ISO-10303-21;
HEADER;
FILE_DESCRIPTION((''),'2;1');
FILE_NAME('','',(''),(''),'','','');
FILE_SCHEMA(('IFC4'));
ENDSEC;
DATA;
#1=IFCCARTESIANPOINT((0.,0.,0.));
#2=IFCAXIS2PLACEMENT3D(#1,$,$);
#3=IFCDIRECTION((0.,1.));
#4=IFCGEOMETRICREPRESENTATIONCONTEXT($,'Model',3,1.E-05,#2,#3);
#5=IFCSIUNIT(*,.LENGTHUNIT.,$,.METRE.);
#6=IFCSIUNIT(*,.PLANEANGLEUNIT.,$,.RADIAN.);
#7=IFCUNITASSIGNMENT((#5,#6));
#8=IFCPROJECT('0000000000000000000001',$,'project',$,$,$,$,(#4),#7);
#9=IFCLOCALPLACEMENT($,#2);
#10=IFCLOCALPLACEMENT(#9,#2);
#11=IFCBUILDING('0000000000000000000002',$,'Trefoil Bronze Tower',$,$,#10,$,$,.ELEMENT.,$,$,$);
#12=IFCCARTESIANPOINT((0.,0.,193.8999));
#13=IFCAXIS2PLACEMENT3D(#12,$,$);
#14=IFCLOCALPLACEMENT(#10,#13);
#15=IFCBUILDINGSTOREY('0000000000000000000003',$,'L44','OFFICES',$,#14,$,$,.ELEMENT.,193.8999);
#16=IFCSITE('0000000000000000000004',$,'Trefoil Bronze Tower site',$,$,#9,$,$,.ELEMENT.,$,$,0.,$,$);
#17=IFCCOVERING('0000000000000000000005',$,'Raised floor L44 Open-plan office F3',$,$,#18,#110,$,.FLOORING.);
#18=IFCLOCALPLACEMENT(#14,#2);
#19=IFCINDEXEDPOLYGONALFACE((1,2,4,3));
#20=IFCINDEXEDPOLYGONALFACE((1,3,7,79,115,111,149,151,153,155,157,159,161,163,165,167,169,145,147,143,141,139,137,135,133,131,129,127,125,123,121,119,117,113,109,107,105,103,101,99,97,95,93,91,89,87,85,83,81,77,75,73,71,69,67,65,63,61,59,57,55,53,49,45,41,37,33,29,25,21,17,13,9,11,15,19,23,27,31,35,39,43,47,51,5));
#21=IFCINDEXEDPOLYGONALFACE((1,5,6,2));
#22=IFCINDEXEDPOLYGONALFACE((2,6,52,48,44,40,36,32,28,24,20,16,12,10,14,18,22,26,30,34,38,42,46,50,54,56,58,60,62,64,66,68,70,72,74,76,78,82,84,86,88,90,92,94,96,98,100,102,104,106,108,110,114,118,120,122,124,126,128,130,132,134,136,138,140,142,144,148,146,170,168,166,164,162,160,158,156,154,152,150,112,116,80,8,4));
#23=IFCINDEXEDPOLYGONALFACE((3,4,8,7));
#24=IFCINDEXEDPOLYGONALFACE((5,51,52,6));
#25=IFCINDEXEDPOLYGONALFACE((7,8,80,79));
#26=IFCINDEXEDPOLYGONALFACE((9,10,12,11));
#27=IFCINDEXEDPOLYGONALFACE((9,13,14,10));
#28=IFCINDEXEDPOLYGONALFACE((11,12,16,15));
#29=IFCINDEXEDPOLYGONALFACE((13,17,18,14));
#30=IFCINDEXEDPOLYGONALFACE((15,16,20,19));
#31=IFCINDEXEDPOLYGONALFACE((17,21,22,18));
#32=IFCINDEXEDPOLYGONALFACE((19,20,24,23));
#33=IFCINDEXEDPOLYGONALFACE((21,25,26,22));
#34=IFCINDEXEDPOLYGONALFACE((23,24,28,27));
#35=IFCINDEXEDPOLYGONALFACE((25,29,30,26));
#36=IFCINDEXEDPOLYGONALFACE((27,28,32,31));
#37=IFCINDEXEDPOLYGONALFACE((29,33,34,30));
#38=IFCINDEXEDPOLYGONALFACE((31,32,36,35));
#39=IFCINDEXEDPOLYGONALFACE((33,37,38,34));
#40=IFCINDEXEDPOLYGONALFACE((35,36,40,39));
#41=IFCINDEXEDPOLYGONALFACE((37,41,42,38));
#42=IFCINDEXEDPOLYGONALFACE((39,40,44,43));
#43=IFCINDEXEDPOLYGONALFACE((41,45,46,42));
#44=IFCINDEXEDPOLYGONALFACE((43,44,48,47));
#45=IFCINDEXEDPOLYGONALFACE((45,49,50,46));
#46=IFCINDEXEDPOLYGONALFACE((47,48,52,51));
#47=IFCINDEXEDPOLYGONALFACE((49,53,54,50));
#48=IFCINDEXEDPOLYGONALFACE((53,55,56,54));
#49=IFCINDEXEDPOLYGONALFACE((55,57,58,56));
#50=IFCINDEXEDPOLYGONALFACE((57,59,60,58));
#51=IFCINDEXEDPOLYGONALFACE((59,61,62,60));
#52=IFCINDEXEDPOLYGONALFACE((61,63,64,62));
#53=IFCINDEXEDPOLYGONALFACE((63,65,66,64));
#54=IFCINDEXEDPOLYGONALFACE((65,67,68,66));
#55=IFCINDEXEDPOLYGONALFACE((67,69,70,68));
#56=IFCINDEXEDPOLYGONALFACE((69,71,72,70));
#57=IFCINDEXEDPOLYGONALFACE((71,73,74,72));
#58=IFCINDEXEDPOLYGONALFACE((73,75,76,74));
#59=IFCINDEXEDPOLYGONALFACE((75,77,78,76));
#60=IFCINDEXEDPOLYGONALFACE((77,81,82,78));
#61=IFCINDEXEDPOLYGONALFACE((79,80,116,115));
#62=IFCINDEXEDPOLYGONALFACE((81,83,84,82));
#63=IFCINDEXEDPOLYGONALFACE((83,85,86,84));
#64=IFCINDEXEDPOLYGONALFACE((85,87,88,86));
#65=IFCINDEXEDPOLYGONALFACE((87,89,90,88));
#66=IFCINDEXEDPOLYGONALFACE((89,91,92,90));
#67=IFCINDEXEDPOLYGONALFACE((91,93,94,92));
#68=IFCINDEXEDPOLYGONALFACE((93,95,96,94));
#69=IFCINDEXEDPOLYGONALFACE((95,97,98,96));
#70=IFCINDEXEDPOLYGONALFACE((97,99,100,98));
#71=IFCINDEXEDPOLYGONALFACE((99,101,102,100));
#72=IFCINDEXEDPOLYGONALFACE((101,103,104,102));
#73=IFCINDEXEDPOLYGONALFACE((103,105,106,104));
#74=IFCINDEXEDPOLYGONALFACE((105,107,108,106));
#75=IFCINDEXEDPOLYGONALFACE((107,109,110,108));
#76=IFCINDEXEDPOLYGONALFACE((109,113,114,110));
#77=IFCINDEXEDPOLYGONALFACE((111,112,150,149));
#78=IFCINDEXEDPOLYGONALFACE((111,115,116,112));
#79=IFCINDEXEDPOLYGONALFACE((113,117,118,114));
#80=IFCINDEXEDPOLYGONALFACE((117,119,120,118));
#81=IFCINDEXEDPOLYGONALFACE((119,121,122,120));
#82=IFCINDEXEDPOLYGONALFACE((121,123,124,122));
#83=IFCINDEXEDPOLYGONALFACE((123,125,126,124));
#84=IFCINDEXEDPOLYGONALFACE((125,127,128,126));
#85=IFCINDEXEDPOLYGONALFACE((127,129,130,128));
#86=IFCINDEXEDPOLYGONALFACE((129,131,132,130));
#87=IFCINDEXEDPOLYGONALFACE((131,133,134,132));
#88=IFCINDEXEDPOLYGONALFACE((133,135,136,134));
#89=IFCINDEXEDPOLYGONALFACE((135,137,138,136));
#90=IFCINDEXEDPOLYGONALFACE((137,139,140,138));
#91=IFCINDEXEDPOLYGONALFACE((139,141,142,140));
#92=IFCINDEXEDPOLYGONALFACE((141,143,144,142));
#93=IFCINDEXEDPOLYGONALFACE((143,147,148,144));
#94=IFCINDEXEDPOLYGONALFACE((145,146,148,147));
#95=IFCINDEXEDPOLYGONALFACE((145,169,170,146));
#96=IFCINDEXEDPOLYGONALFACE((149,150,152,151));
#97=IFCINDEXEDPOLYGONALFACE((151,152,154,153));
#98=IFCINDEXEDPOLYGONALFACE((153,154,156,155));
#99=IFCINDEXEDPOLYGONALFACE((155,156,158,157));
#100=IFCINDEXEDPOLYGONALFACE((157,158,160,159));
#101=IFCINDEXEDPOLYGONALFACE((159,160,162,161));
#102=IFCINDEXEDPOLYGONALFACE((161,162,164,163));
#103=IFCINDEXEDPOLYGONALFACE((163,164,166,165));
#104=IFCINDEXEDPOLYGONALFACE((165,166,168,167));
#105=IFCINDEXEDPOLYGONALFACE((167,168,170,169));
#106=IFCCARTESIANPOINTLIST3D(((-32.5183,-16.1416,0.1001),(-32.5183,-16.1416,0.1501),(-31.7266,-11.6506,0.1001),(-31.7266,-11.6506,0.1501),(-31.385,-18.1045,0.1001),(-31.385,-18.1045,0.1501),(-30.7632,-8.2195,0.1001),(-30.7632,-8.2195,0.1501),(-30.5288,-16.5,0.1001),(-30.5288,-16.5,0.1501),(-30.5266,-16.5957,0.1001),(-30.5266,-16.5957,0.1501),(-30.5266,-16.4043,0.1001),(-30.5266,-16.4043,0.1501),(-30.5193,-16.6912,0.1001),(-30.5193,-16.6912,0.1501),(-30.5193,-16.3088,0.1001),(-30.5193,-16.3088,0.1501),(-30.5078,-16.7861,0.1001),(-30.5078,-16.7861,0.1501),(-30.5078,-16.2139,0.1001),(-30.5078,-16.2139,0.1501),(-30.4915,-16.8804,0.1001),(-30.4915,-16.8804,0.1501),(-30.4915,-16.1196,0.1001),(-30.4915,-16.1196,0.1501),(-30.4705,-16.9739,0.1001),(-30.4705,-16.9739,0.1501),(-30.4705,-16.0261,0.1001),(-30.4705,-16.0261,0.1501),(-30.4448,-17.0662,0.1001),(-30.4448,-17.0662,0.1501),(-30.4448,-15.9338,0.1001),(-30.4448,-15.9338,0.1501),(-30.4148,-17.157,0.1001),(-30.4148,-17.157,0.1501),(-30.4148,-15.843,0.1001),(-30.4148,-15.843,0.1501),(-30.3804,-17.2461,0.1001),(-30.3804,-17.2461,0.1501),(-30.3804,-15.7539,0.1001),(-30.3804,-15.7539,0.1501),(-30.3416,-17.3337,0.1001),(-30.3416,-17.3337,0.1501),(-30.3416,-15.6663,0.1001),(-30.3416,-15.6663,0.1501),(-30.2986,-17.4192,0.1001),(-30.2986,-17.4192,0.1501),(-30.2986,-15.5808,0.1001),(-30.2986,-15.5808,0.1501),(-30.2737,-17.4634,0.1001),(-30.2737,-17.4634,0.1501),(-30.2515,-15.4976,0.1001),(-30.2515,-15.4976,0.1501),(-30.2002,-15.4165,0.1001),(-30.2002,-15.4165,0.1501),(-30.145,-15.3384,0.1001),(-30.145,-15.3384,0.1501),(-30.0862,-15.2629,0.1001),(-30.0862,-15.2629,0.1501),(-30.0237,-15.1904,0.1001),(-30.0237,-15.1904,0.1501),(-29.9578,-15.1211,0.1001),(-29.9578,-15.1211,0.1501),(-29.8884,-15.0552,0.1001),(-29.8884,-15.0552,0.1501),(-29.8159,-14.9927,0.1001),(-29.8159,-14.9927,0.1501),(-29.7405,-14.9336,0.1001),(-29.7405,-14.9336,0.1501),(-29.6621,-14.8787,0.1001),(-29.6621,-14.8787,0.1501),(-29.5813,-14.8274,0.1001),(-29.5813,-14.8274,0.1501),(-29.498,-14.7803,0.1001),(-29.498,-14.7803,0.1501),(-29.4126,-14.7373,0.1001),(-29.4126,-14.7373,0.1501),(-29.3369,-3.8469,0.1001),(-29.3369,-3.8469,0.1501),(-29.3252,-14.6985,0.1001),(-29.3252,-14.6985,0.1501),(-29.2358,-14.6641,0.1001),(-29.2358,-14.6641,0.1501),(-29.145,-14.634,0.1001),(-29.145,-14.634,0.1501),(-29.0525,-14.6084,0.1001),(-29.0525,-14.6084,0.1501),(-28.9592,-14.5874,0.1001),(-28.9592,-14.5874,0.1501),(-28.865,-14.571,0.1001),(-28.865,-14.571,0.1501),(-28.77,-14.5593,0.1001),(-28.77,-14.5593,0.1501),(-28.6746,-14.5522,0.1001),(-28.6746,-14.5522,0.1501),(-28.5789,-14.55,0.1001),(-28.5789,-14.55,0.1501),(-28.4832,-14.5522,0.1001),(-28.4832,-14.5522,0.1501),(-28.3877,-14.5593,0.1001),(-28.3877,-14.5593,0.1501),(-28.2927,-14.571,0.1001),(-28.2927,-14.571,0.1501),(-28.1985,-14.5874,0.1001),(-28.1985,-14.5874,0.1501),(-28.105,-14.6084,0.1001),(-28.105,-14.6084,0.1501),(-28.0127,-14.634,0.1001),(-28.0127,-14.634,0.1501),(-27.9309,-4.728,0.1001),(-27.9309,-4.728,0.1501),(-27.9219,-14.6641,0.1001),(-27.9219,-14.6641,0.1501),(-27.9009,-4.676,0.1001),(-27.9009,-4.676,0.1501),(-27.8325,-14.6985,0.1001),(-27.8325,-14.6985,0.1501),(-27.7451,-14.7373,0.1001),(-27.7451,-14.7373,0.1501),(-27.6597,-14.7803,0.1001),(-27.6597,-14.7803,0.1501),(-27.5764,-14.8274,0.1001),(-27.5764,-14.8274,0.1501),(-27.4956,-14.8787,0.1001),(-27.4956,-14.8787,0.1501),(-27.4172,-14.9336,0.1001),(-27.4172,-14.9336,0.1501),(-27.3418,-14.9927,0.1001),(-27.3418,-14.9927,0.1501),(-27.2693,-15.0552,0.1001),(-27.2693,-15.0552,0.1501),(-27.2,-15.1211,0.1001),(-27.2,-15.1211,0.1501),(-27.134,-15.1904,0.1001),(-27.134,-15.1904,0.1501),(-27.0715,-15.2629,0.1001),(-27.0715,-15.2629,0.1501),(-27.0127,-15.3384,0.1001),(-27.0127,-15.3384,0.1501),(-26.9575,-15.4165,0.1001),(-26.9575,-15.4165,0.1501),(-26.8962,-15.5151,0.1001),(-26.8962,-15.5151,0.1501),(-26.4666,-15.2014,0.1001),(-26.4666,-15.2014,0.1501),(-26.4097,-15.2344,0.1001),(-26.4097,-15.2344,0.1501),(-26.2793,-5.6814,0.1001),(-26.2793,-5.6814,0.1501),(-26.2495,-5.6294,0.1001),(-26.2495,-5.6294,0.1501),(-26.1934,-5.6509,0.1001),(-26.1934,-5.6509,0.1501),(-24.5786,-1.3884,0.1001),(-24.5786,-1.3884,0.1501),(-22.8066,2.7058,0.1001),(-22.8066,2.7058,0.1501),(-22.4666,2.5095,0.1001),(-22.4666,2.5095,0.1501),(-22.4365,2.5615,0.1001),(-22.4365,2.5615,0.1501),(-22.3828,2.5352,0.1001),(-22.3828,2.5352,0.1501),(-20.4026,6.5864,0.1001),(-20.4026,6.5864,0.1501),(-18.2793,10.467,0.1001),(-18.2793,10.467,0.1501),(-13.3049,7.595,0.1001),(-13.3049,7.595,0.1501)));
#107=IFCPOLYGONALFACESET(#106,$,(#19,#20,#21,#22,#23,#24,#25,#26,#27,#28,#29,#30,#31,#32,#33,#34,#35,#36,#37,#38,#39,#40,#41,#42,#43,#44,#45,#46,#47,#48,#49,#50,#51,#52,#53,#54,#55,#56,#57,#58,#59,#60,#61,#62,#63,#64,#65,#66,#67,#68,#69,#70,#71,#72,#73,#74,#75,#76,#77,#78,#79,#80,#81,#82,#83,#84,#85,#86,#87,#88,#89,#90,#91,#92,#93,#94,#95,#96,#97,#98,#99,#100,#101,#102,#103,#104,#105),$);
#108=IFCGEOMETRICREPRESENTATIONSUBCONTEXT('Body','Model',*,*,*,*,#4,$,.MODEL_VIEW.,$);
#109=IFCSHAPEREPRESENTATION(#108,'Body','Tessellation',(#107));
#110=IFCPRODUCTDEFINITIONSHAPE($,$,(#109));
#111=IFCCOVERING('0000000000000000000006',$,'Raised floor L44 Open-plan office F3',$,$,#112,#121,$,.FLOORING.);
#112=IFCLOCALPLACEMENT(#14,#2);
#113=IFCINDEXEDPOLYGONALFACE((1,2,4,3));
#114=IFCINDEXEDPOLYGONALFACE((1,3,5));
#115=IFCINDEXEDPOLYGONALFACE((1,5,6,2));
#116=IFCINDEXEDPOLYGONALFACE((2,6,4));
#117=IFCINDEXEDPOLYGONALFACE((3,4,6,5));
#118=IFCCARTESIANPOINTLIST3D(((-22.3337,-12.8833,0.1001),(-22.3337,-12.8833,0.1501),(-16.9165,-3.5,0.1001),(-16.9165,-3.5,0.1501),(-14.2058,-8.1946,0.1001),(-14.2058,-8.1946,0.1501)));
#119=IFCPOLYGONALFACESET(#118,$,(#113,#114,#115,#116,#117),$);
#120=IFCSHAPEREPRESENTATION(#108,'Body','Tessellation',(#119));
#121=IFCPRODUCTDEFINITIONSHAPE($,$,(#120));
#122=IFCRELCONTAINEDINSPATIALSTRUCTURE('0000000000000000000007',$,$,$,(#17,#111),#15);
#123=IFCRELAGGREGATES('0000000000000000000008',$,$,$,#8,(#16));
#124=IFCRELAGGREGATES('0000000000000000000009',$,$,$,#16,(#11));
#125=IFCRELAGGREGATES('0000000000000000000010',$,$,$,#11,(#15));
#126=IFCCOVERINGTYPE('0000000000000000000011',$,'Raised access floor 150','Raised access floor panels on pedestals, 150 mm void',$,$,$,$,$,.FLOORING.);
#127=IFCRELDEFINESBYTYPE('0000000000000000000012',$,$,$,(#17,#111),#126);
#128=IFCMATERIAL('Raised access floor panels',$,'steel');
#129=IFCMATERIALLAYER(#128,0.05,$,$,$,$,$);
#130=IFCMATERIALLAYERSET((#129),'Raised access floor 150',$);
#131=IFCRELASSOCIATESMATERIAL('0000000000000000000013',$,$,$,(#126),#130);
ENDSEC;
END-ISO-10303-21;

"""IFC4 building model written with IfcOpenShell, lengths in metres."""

from ifc_helpers import new_model, si_unit, direction, frame, origin, place, context, subcontext, project, spatial, polyline, outline, extrude, material, layer, layer_set, type_object, element, save


model = new_model("IFC4")

# Units and contexts
model_context = context("Model", 3, precision=1e-05, world=origin(), true_north=direction((0.0, 1.0)))
body_context = subcontext(model_context, "Body", "Model", "MODEL_VIEW")
ifc_project = project(units=[si_unit("LENGTHUNIT", "METRE"), si_unit("PLANEANGLEUNIT", "RADIAN")], contexts=[model_context])

# Site, building, storey
site_placement = place(None, origin())
site = spatial("IfcSite", under=ifc_project, at=site_placement, Name="Trefoil Bronze Tower site", CompositionType="ELEMENT", RefElevation=0.0)
building_placement = place(site_placement, origin())
building = spatial("IfcBuilding", under=site, at=building_placement, Name="Trefoil Bronze Tower", CompositionType="ELEMENT")
storey_placement = place(building_placement, frame((0.0, 0.0, 193.8999)))
storey = spatial("IfcBuildingStorey", under=building, at=storey_placement, Name="L44", Description="OFFICES", CompositionType="ELEMENT", Elevation=193.8999)

# Coverings
ifc_material_1 = material(Name="Raised access floor panels", Category="steel")
ifc_layer_1 = layer(ifc_material_1, 0.05)
ifc_layer_set_1 = layer_set([ifc_layer_1], Name="Raised access floor 150")
covering_type_1 = type_object("IfcCoveringType", Name="Raised access floor 150", Description="Raised access floor panels on pedestals, 150 mm void", PredefinedType="FLOORING", material=ifc_layer_set_1)
covering_1_placement = place(storey_placement, frame((0.0, 0.0, 0.1001)))
element("IfcCovering", 1, at=covering_1_placement, inside=storey, type_object=covering_type_1, Name="Raised floor L44 Open-plan office F3", PredefinedType="FLOORING", context=body_context, shape_type="SweptSolid", body=[
    extrude(outline(polyline([(-31.385, -18.1045), (-32.5183, -16.1416), (-31.7266, -11.6506), (-30.7632, -8.2195), (-29.3369, -3.8469), (-27.9009, -4.676), (-27.9309, -4.728), (-26.2793, -5.6814), (-26.2495, -5.6294), (-26.1934, -5.6509), (-24.5786, -1.3884), (-22.8066, 2.7058), (-22.4666, 2.5095), (-22.4365, 2.5615), (-22.3828, 2.5352), (-20.4026, 6.5864), (-18.2793, 10.467), (-13.3049, 7.595), (-26.4666, -15.2014), (-26.4097, -15.2344), (-26.8962, -15.5151), (-26.9575, -15.4165), (-27.0127, -15.3384), (-27.0715, -15.2629), (-27.134, -15.1904), (-27.2, -15.1211), (-27.2693, -15.0552), (-27.3418, -14.9927), (-27.4172, -14.9336), (-27.4956, -14.8787), (-27.5764, -14.8274), (-27.6597, -14.7803), (-27.7451, -14.7373), (-27.8325, -14.6985), (-27.9219, -14.6641), (-28.0127, -14.634), (-28.105, -14.6084), (-28.1985, -14.5874), (-28.2927, -14.571), (-28.3877, -14.5593), (-28.4832, -14.5522), (-28.5789, -14.55), (-28.6746, -14.5522), (-28.77, -14.5593), (-28.865, -14.571), (-28.9592, -14.5874), (-29.0525, -14.6084), (-29.145, -14.634), (-29.2358, -14.6641), (-29.3252, -14.6985), (-29.4126, -14.7373), (-29.498, -14.7803), (-29.5813, -14.8274), (-29.6621, -14.8787), (-29.7405, -14.9336), (-29.8159, -14.9927), (-29.8884, -15.0552), (-29.9578, -15.1211), (-30.0237, -15.1904), (-30.0862, -15.2629), (-30.145, -15.3384), (-30.2002, -15.4165), (-30.2515, -15.4976), (-30.2986, -15.5808), (-30.3416, -15.6663), (-30.3804, -15.7539), (-30.4148, -15.843), (-30.4448, -15.9338), (-30.4705, -16.0261), (-30.4915, -16.1196), (-30.5078, -16.2139), (-30.5193, -16.3088), (-30.5266, -16.4043), (-30.5288, -16.5), (-30.5266, -16.5957), (-30.5193, -16.6912), (-30.5078, -16.7861), (-30.4915, -16.8804), (-30.4705, -16.9739), (-30.4448, -17.0662), (-30.4148, -17.157), (-30.3804, -17.2461), (-30.3416, -17.3337), (-30.2986, -17.4192), (-30.2737, -17.4634), (-31.385, -18.1045)])), origin(), (0.0, 0.0, 1.0), 0.05),
])
covering_2_placement = place(storey_placement, frame((0.0, 0.0, 0.1001)))
element("IfcCovering", 2, at=covering_2_placement, inside=storey, type_object=covering_type_1, Name="Raised floor L44 Open-plan office F3", PredefinedType="FLOORING", context=body_context, shape_type="SweptSolid", body=[
    extrude(outline(polyline([(-14.2058, -8.1946), (-22.3337, -12.8833), (-16.9165, -3.5), (-14.2058, -8.1946)])), origin(), (0.0, 0.0, 1.0), 0.05),
])

save(model, "model.ifc")
